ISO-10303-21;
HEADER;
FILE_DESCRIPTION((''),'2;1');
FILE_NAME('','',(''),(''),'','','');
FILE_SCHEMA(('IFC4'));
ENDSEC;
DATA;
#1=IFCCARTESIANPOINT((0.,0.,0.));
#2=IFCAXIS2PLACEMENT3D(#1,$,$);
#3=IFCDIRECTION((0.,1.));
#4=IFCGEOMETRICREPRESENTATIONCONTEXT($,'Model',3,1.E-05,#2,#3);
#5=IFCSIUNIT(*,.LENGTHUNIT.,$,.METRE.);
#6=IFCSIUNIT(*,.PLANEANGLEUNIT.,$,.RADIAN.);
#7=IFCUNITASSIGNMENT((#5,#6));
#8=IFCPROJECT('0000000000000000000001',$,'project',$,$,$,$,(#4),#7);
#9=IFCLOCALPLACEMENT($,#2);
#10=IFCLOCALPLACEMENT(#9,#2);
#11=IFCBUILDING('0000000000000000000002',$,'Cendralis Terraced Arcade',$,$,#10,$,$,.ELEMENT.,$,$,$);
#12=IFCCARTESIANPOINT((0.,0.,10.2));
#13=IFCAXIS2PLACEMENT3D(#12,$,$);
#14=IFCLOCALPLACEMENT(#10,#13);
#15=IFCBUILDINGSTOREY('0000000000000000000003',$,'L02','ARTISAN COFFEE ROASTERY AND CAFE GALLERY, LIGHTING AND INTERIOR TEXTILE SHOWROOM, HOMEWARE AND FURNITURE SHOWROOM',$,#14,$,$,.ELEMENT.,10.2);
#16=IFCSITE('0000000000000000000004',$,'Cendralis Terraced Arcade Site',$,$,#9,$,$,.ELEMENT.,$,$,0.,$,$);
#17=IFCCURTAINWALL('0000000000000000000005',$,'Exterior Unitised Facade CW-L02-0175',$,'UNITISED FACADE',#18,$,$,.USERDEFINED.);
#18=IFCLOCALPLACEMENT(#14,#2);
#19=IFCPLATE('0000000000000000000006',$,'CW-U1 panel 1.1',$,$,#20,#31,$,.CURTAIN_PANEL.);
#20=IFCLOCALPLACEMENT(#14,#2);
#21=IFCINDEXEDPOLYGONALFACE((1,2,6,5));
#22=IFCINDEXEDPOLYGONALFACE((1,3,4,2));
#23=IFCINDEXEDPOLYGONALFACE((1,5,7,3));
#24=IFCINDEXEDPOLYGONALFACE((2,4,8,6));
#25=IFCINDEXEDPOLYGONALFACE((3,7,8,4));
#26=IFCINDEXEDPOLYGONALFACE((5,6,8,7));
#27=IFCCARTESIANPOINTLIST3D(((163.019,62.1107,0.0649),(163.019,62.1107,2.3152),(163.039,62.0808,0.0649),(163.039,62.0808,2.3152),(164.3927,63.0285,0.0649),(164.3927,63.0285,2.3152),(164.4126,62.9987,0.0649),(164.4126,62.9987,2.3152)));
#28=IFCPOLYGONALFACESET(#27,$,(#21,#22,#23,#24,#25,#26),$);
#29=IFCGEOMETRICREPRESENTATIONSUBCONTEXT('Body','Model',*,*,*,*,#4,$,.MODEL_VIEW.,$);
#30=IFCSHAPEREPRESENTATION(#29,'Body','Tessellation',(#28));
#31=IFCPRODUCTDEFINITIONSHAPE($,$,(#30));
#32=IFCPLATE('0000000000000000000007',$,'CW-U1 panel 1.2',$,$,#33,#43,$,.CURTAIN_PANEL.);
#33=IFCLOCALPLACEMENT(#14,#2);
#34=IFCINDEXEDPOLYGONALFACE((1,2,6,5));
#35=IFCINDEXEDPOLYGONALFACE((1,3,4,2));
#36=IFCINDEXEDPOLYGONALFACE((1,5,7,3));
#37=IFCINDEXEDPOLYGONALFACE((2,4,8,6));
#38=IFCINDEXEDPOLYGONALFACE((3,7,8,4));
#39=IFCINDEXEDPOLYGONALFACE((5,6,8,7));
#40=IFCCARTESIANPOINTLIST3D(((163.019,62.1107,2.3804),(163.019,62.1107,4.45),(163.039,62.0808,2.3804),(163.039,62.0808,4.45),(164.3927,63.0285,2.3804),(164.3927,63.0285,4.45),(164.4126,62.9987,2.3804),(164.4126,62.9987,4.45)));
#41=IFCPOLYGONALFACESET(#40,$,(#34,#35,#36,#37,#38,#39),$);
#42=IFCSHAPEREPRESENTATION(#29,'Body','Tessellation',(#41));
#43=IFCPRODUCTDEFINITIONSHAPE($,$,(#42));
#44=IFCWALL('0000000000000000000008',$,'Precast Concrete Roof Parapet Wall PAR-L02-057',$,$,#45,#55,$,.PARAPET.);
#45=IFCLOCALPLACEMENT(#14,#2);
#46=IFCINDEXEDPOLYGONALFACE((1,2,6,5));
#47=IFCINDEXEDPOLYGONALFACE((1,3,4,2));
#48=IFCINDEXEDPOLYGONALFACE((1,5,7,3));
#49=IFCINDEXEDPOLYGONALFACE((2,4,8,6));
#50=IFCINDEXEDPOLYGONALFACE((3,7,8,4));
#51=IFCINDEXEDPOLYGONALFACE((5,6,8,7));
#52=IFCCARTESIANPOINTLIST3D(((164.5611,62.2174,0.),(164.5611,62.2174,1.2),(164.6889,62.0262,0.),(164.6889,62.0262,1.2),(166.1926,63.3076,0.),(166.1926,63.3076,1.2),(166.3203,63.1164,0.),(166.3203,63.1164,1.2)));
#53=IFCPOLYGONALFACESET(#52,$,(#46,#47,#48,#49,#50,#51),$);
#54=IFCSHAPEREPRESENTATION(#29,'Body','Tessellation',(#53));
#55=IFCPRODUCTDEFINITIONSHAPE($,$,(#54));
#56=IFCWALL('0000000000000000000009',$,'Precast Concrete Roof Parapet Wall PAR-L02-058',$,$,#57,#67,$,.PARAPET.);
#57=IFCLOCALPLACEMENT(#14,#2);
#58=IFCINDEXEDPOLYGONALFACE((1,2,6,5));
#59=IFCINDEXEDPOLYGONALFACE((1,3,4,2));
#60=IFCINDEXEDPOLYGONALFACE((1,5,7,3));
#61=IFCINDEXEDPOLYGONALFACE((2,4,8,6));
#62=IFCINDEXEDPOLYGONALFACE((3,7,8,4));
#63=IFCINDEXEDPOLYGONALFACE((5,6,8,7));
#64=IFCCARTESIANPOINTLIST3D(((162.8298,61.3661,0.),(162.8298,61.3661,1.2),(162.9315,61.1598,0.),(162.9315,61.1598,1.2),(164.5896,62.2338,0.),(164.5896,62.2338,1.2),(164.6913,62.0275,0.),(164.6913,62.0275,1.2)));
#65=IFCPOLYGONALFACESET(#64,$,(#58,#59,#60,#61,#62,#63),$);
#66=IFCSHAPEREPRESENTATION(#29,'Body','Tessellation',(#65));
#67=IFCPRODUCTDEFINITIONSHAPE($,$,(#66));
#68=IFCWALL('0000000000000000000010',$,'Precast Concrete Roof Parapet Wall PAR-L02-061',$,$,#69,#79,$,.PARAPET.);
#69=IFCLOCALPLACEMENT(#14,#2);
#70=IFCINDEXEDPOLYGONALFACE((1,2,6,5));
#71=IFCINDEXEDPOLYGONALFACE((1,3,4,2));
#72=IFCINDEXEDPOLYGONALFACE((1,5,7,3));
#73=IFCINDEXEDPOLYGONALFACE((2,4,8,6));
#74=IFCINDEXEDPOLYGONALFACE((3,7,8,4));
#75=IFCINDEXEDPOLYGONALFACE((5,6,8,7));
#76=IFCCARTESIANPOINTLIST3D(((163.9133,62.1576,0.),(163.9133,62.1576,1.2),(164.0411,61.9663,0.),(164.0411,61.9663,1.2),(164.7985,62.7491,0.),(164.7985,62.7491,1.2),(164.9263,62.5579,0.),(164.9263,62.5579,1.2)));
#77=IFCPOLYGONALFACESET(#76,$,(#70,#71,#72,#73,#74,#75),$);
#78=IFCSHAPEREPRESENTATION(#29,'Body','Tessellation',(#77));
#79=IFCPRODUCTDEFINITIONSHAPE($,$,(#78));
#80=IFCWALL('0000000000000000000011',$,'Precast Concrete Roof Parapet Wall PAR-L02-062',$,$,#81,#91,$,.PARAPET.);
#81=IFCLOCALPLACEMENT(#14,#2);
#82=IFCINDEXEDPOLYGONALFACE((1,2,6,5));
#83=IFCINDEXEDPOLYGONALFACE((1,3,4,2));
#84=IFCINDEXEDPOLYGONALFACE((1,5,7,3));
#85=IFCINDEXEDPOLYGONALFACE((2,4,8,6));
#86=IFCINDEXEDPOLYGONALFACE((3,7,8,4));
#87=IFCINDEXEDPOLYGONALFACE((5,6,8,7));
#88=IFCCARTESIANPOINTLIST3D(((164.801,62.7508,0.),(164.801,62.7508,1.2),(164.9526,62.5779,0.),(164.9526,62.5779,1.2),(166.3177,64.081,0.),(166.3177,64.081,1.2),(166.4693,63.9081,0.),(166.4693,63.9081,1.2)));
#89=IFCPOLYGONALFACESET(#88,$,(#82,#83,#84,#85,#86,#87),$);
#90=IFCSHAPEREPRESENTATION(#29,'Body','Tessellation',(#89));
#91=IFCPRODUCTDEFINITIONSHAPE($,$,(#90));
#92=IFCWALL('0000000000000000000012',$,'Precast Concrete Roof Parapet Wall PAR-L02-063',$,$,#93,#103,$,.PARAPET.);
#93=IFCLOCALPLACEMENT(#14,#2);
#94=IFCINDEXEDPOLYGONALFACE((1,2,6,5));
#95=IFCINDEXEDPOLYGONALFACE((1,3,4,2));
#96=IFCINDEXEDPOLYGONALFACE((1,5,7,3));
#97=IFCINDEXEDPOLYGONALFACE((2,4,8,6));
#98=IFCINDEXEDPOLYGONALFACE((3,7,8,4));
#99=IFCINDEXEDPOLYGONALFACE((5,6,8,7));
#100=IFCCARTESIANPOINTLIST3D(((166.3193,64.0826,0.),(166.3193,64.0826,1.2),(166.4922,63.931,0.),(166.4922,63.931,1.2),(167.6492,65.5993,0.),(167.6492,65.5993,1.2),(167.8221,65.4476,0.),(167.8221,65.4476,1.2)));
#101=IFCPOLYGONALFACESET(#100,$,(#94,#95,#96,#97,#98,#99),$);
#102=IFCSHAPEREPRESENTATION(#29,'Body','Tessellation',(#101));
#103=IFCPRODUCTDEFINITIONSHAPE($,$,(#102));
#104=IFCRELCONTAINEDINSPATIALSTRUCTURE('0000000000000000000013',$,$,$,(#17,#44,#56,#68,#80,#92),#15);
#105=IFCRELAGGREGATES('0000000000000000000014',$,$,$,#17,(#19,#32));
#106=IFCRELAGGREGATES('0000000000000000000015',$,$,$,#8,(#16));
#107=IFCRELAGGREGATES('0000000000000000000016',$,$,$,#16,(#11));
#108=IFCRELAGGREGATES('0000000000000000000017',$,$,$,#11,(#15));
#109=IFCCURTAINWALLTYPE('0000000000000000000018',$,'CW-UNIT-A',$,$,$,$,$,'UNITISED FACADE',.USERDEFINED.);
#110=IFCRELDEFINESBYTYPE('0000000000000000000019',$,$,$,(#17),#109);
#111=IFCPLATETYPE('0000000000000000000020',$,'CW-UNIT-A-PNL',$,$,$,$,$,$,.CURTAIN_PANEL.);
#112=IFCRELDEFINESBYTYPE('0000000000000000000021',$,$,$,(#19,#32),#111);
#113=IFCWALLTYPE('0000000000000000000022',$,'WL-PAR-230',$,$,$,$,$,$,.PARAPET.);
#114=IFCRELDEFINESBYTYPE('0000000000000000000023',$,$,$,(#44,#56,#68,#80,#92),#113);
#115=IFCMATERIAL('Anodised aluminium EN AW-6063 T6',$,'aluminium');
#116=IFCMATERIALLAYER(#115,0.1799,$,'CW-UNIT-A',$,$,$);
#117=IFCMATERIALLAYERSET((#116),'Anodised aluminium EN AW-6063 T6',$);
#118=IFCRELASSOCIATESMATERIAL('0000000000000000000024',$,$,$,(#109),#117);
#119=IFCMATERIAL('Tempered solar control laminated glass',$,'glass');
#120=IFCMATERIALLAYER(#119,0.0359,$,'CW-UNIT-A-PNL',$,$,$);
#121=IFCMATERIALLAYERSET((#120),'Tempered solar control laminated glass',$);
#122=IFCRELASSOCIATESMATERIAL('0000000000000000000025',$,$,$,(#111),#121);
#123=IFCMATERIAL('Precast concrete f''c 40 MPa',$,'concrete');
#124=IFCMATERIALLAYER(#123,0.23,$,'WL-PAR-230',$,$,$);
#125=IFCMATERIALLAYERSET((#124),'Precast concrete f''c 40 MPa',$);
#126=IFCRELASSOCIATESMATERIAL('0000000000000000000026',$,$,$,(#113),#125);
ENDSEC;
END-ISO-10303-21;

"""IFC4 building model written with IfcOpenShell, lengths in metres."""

from ifc_helpers import new_model, si_unit, direction, frame, frame_2d, origin, origin_2d, place, context, subcontext, project, spatial, rectangle, extrude, material, layer, layer_set, type_object, element, aggregate, save


model = new_model("IFC4")

# Units and contexts
model_context = context("Model", 3, precision=1e-05, world=origin(), true_north=direction((0.0, 1.0)))
body_context = subcontext(model_context, "Body", "Model", "MODEL_VIEW")
ifc_project = project(units=[si_unit("LENGTHUNIT", "METRE"), si_unit("PLANEANGLEUNIT", "RADIAN")], contexts=[model_context])

# Site, building, storey
site_placement = place(None, origin())
site = spatial("IfcSite", under=ifc_project, at=site_placement, Name="Cendralis Terraced Arcade Site", CompositionType="ELEMENT", RefElevation=0.0)
building_placement = place(site_placement, origin())
building = spatial("IfcBuilding", under=site, at=building_placement, Name="Cendralis Terraced Arcade", CompositionType="ELEMENT")
storey_placement = place(building_placement, frame((0.0, 0.0, 10.2)))
storey = spatial("IfcBuildingStorey", under=building, at=storey_placement, Name="L02", Description="ARTISAN COFFEE ROASTERY AND CAFE GALLERY, LIGHTING AND INTERIOR TEXTILE SHOWROOM, HOMEWARE AND FURNITURE SHOWROOM", CompositionType="ELEMENT", Elevation=10.2)

# Shared definitions
ifc_material_1 = material(Name="Anodised aluminium EN AW-6063 T6", Category="aluminium")
ifc_layer_1 = layer(ifc_material_1, 0.1799, Name="CW-UNIT-A")
ifc_layer_set_1 = layer_set([ifc_layer_1], Name="Anodised aluminium EN AW-6063 T6")
curtain_wall_type = type_object("IfcCurtainWallType", Name="CW-UNIT-A", ElementType="UNITISED FACADE", PredefinedType="USERDEFINED", material=ifc_layer_set_1)

# Curtain wall
curtain_wall_1_placement = place(storey_placement, origin())
curtain_wall_1 = element("IfcCurtainWall", 1, at=curtain_wall_1_placement, inside=storey, type_object=curtain_wall_type, Name="Exterior Unitised Facade CW-L02-0175", ObjectType="UNITISED FACADE", PredefinedType="USERDEFINED")

# Plates
ifc_material_2 = material(Name="Tempered solar control laminated glass", Category="glass")
ifc_layer_2 = layer(ifc_material_2, 0.0359, Name="CW-UNIT-A-PNL")
ifc_layer_set_2 = layer_set([ifc_layer_2], Name="Tempered solar control laminated glass")
plate_type = type_object("IfcPlateType", Name="CW-UNIT-A-PNL", PredefinedType="CURTAIN_PANEL", material=ifc_layer_set_2)
plate_1_placement = place(storey_placement, frame((163.7158, 62.5547, 0.0649), z_axis=(0.0, 0.0, 1.0), x_axis=(-0.831471, -0.555567, 0.0)))
plate_1 = element("IfcPlate", 2, at=plate_1_placement, type_object=plate_type, Name="CW-U1 panel 1.1", PredefinedType="CURTAIN_PANEL", context=body_context, shape_type="SweptSolid", body=[
    extrude(rectangle(XDim=1.6521, YDim=0.0359, at=origin_2d()), origin(), (0.0, 0.0, 1.0), 2.2502),
])
plate_2_placement = place(storey_placement, frame((163.7158, 62.5547, 2.3804), z_axis=(0.0, 0.0, 1.0), x_axis=(-0.831471, -0.555567, 0.0)))
plate_2 = element("IfcPlate", 3, at=plate_2_placement, type_object=plate_type, Name="CW-U1 panel 1.2", PredefinedType="CURTAIN_PANEL", context=body_context, shape_type="SweptSolid", body=[
    extrude(rectangle(XDim=1.6521, YDim=0.0359, at=origin_2d()), origin(), (0.0, 0.0, 1.0), 2.0696),
])
aggregate(curtain_wall_1, [plate_1, plate_2])

# Walls
ifc_material_3 = material(Name="Precast concrete f'c 40 MPa", Category="concrete")
ifc_layer_3 = layer(ifc_material_3, 0.23, Name="WL-PAR-230")
ifc_layer_set_3 = layer_set([ifc_layer_3], Name="Precast concrete f'c 40 MPa")
wall_type = type_object("IfcWallType", Name="WL-PAR-230", PredefinedType="PARAPET", material=ifc_layer_set_3)
for number, where, z_axis, x_axis, name in (
    (4, (166.2563, 63.2119, 0.0), (0.0, 0.0, 1.0), (-0.831456, -0.55559, 0.0), "Precast Concrete Roof Parapet Wall PAR-L02-057"),
    (5, (164.6404, 62.1306, 0.0), (0.0, 0.0, 1.0), (-0.896902, -0.442229, 0.0), "Precast Concrete Roof Parapet Wall PAR-L02-058"),
):
    element("IfcWall", number, at=place(storey_placement, frame(where, z_axis=z_axis, x_axis=x_axis)), inside=storey, type_object=wall_type, Name=name, PredefinedType="PARAPET", context=body_context, shape_type="SweptSolid", body=[
        extrude(rectangle(XDim=1.9622, YDim=0.23, at=frame_2d((0.981, 0.0))), origin(), (0.0, 0.0, 1.0), 1.2),
    ])
wall_1_placement = place(storey_placement, frame((163.9773, 62.062, 0.0), z_axis=(0.0, 0.0, 1.0), x_axis=(0.83145, 0.555599, 0.0)))
element("IfcWall", 6, at=wall_1_placement, inside=storey, type_object=wall_type, Name="Precast Concrete Roof Parapet Wall PAR-L02-061", PredefinedType="PARAPET", context=body_context, shape_type="SweptSolid", body=[
    extrude(rectangle(XDim=1.0647, YDim=0.23, at=frame_2d((0.5322, 0.0))), origin(), (0.0, 0.0, 1.0), 1.2),
])
wall_2_placement = place(storey_placement, frame((164.8767, 62.6643, 0.0), z_axis=(0.0, 0.0, 1.0), x_axis=(0.751826, 0.659361, 0.0)))
element("IfcWall", 7, at=wall_2_placement, inside=storey, type_object=wall_type, Name="Precast Concrete Roof Parapet Wall PAR-L02-062", PredefinedType="PARAPET", context=body_context, shape_type="SweptSolid", body=[
    extrude(rectangle(XDim=2.0173, YDim=0.23, at=frame_2d((1.0088, 0.0))), origin(), (0.0, 0.0, 1.0), 1.2),
])
wall_3_placement = place(storey_placement, frame((166.4058, 64.0068, 0.0), z_axis=(0.0, 0.0, 1.0), x_axis=(0.659293, 0.751886, 0.0)))
element("IfcWall", 8, at=wall_3_placement, inside=storey, type_object=wall_type, Name="Precast Concrete Roof Parapet Wall PAR-L02-063", PredefinedType="PARAPET", context=body_context, shape_type="SweptSolid", body=[
    extrude(rectangle(XDim=2.0171, YDim=0.23, at=frame_2d((1.0085, 0.0))), origin(), (0.0, 0.0, 1.0), 1.2),
])

save(model, "model.ifc")
